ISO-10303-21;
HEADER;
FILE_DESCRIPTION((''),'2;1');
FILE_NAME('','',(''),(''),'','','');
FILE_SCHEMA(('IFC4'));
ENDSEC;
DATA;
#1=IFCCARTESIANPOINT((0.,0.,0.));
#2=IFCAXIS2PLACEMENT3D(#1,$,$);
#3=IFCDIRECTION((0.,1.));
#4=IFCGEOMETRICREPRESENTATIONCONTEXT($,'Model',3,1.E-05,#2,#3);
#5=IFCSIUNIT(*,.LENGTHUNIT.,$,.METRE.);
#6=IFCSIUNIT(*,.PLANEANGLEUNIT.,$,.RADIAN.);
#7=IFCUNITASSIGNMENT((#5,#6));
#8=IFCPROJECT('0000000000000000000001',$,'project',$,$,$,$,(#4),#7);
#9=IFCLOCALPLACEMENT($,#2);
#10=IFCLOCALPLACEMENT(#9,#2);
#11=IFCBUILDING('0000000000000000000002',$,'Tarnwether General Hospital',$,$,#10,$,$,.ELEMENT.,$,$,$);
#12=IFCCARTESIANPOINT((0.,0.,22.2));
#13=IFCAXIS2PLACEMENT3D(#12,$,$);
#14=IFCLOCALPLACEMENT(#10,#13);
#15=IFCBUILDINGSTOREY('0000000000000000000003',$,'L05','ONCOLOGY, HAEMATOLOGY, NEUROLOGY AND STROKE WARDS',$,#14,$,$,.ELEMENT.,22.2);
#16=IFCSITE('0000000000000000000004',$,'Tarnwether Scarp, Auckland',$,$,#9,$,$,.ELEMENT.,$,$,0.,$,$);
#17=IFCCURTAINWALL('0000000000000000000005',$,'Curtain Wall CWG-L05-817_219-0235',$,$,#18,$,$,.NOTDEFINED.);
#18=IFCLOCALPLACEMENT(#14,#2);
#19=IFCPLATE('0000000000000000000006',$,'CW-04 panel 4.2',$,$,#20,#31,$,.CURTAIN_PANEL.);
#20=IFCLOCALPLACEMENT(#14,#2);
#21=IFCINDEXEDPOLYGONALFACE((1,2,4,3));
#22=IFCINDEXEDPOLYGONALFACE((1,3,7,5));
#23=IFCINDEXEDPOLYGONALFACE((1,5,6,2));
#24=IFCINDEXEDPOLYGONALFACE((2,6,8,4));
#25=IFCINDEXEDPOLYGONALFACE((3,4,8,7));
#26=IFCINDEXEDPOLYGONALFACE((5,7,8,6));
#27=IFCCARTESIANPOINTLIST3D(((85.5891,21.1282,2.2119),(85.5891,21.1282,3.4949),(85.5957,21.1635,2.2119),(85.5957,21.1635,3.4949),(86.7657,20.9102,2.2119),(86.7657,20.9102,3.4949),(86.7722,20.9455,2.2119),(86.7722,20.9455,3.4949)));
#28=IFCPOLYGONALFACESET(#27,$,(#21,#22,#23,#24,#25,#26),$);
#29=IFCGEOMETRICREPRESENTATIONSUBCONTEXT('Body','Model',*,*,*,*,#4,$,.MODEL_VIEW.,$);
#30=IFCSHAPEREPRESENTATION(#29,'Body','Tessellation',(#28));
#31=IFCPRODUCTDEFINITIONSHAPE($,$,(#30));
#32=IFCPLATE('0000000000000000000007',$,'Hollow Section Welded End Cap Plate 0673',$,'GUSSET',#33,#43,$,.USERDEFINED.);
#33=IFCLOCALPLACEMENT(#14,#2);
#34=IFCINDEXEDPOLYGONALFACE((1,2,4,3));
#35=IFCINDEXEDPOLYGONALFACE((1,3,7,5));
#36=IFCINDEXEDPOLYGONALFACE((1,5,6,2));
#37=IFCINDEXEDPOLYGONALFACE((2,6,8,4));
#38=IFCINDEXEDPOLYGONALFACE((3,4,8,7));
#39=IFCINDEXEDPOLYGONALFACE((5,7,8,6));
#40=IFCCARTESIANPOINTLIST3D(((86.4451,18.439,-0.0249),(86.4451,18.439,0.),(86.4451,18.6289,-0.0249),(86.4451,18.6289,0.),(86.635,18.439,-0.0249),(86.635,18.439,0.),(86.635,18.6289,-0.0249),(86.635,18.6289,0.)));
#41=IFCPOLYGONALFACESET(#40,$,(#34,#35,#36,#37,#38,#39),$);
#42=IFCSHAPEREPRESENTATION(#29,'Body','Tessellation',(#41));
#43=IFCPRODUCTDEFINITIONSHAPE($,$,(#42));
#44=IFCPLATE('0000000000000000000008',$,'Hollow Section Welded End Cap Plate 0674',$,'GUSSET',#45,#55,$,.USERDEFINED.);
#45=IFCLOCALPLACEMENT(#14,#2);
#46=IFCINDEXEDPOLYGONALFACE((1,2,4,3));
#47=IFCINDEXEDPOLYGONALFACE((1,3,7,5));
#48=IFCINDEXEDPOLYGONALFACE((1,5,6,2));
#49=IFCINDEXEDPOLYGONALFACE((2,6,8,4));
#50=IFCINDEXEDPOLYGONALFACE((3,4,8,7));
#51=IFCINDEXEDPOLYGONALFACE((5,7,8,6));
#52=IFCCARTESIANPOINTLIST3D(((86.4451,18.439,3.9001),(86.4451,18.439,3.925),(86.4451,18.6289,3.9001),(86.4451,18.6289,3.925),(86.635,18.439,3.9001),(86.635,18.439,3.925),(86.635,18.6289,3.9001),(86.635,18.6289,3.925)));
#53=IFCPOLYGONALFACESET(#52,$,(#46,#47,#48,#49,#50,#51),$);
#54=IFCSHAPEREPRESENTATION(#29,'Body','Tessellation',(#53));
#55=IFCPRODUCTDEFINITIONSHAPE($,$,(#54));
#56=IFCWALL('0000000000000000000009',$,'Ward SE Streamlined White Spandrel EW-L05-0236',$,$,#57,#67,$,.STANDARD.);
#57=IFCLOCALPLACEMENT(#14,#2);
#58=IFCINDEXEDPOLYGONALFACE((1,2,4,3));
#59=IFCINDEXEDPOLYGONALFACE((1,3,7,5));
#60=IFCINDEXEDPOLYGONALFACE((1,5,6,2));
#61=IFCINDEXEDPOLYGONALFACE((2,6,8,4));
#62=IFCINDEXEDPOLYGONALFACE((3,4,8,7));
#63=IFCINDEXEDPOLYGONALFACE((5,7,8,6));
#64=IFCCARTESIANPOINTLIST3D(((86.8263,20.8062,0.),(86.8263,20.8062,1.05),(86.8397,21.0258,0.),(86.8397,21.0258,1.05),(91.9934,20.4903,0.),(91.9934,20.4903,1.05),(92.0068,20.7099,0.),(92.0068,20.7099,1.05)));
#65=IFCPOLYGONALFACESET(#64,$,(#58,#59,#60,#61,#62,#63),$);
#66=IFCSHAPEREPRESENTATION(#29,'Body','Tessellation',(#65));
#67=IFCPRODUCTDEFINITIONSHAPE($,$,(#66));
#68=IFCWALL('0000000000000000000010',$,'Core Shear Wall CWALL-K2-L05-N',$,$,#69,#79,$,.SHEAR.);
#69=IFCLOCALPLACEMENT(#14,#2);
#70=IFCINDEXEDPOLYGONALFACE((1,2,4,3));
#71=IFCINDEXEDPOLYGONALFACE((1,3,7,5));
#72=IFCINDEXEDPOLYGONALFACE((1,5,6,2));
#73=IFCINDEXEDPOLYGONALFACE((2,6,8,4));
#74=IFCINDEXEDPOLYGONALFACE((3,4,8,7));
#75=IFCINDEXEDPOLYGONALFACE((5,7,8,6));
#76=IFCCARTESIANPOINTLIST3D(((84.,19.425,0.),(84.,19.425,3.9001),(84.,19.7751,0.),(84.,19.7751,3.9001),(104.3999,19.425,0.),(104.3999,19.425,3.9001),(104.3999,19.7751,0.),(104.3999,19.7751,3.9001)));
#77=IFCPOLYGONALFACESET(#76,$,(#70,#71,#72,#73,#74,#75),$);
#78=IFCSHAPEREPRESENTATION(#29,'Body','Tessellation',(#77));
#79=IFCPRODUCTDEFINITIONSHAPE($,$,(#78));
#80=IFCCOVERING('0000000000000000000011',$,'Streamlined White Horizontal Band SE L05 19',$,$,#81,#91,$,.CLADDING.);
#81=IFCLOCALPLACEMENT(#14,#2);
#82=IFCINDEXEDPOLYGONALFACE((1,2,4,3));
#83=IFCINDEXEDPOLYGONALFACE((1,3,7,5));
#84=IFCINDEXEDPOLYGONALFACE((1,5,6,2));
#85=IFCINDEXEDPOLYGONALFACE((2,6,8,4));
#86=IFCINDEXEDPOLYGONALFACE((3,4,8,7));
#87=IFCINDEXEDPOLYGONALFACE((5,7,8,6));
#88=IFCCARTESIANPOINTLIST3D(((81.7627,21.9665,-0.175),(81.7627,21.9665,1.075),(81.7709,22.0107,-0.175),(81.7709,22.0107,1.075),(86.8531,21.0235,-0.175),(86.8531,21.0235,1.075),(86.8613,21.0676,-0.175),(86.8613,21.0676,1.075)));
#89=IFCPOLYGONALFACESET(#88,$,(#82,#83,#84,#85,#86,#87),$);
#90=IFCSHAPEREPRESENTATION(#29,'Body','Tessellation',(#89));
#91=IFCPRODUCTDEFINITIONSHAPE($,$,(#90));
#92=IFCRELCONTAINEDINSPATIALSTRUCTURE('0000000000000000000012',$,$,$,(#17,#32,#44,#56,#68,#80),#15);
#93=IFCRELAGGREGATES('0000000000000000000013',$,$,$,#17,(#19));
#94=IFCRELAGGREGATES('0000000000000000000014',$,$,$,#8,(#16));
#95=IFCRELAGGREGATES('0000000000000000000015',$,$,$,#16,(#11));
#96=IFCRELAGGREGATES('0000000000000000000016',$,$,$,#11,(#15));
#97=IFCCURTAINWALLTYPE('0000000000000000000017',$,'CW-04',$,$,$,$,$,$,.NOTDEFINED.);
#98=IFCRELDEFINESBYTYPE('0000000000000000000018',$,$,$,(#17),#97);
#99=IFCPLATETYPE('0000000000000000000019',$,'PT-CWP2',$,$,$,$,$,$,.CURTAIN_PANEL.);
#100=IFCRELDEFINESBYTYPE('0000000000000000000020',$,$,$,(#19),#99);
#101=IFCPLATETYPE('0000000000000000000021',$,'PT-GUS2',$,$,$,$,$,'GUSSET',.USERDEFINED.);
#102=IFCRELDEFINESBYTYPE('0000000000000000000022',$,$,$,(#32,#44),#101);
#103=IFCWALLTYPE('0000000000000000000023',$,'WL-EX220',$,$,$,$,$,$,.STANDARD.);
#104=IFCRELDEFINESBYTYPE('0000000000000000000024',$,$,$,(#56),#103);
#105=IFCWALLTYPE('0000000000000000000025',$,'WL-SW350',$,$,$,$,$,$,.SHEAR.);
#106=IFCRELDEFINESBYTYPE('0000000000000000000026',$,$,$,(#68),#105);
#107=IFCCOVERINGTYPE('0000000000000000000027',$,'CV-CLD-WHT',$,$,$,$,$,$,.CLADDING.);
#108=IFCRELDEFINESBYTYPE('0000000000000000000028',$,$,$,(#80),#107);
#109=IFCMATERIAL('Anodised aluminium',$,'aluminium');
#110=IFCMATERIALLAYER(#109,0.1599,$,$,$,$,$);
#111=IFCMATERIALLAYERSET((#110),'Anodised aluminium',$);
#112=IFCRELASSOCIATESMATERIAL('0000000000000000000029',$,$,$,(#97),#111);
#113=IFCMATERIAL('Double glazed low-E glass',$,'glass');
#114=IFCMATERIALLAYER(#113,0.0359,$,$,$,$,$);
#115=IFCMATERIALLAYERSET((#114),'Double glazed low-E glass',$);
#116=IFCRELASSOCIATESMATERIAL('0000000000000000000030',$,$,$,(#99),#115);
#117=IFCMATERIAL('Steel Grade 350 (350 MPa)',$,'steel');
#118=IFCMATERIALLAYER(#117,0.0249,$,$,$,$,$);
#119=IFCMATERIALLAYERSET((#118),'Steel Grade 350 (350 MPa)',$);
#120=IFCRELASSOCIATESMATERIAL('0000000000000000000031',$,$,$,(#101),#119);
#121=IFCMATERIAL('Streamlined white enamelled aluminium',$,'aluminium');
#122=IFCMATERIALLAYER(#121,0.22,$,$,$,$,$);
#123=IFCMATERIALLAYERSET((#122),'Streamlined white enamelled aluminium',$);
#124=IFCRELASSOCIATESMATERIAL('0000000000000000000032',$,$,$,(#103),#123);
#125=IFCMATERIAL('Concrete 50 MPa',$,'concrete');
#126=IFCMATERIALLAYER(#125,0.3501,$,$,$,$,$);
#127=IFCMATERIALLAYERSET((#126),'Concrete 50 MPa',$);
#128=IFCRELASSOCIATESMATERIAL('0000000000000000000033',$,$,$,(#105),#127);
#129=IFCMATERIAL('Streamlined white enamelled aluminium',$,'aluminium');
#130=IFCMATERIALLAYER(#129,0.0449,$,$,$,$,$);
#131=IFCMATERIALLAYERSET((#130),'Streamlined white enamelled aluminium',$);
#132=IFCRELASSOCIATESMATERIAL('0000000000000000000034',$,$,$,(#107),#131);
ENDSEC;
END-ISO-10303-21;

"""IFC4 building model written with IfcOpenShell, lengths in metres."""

from ifc_helpers import new_model, si_unit, direction, frame, frame_2d, origin, origin_2d, place, context, subcontext, project, spatial, rectangle, extrude, material, layer, layer_set, type_object, element, aggregate, save


model = new_model("IFC4")

# Units and contexts
model_context = context("Model", 3, precision=1e-05, world=origin(), true_north=direction((0.0, 1.0)))
body_context = subcontext(model_context, "Body", "Model", "MODEL_VIEW")
ifc_project = project(units=[si_unit("LENGTHUNIT", "METRE"), si_unit("PLANEANGLEUNIT", "RADIAN")], contexts=[model_context])

# Site, building, storey
site_placement = place(None, origin())
site = spatial("IfcSite", under=ifc_project, at=site_placement, Name="Tarnwether Scarp, Auckland", CompositionType="ELEMENT", RefElevation=0.0)
building_placement = place(site_placement, origin())
building = spatial("IfcBuilding", under=site, at=building_placement, Name="Tarnwether General Hospital", CompositionType="ELEMENT")
storey_placement = place(building_placement, frame((0.0, 0.0, 22.2)))
storey = spatial("IfcBuildingStorey", under=building, at=storey_placement, Name="L05", Description="ONCOLOGY, HAEMATOLOGY, NEUROLOGY AND STROKE WARDS", CompositionType="ELEMENT", Elevation=22.2)

# Shared definitions
ifc_material_1 = material(Name="Anodised aluminium", Category="aluminium")
ifc_layer_1 = layer(ifc_material_1, 0.1599)
ifc_layer_set_1 = layer_set([ifc_layer_1], Name="Anodised aluminium")
curtain_wall_type = type_object("IfcCurtainWallType", Name="CW-04", PredefinedType="NOTDEFINED", material=ifc_layer_set_1)

# Curtain wall
curtain_wall_1_placement = place(storey_placement, origin())
curtain_wall_1 = element("IfcCurtainWall", 1, at=curtain_wall_1_placement, inside=storey, type_object=curtain_wall_type, Name="Curtain Wall CWG-L05-817_219-0235", PredefinedType="NOTDEFINED")

# Plate
ifc_material_2 = material(Name="Double glazed low-E glass", Category="glass")
ifc_layer_2 = layer(ifc_material_2, 0.0359)
ifc_layer_set_2 = layer_set([ifc_layer_2], Name="Double glazed low-E glass")
plate_type_1 = type_object("IfcPlateType", Name="PT-CWP2", PredefinedType="CURTAIN_PANEL", material=ifc_layer_set_2)
plate_1_placement = place(storey_placement, frame((86.1807, 21.0369, 2.2119), z_axis=(0.0, 0.0, 1.0), x_axis=(0.983268, -0.182165, 0.0)))
plate_1 = element("IfcPlate", 2, at=plate_1_placement, type_object=plate_type_1, Name="CW-04 panel 4.2", PredefinedType="CURTAIN_PANEL", context=body_context, shape_type="SweptSolid", body=[
    extrude(rectangle(XDim=1.1965, YDim=0.0359, at=origin_2d()), origin(), (0.0, 0.0, 1.0), 1.283),
])
aggregate(curtain_wall_1, [plate_1])

# Plates
ifc_material_3 = material(Name="Steel Grade 350 (350 MPa)", Category="steel")
ifc_layer_3 = layer(ifc_material_3, 0.0249)
ifc_layer_set_3 = layer_set([ifc_layer_3], Name="Steel Grade 350 (350 MPa)")
plate_type_2 = type_object("IfcPlateType", Name="PT-GUS2", ElementType="GUSSET", PredefinedType="USERDEFINED", material=ifc_layer_set_3)
for number, where, z_axis, x_axis, name in (
    (3, (86.54, 18.5339, -0.0249), (0.0, 0.0, 1.0), (1.0, 0.0, 0.0), "Hollow Section Welded End Cap Plate 0673"),
    (4, (86.54, 18.5339, 3.9001), (0.0, 0.0, 1.0), (1.0, 0.0, 0.0), "Hollow Section Welded End Cap Plate 0674"),
):
    element("IfcPlate", number, at=place(storey_placement, frame(where, z_axis=z_axis, x_axis=x_axis)), inside=storey, type_object=plate_type_2, Name=name, ObjectType="GUSSET", PredefinedType="USERDEFINED", context=body_context, shape_type="SweptSolid", body=[
        extrude(rectangle(XDim=0.1899, YDim=0.1899, at=origin_2d()), origin(), (0.0, 0.0, 1.0), 0.0249),
    ])

# Walls
ifc_material_4 = material(Name="Streamlined white enamelled aluminium", Category="aluminium")
ifc_layer_4 = layer(ifc_material_4, 0.22)
ifc_layer_set_4 = layer_set([ifc_layer_4], Name="Streamlined white enamelled aluminium")
wall_type_1 = type_object("IfcWallType", Name="WL-EX220", PredefinedType="STANDARD", material=ifc_layer_set_4)
wall_1_placement = place(storey_placement, frame((86.833, 20.916, 0.0), z_axis=(0.0, 0.0, 1.0), x_axis=(0.998136, -0.061028, 0.0)))
element("IfcWall", 5, at=wall_1_placement, inside=storey, type_object=wall_type_1, Name="Ward SE Streamlined White Spandrel EW-L05-0236", PredefinedType="STANDARD", context=body_context, shape_type="SweptSolid", body=[
    extrude(rectangle(XDim=5.1768, YDim=0.22, at=frame_2d((2.5884, 0.0))), origin(), (0.0, 0.0, 1.0), 1.05),
])
ifc_material_5 = material(Name="Concrete 50 MPa", Category="concrete")
ifc_layer_5 = layer(ifc_material_5, 0.3501)
ifc_layer_set_5 = layer_set([ifc_layer_5], Name="Concrete 50 MPa")
wall_type_2 = type_object("IfcWallType", Name="WL-SW350", PredefinedType="SHEAR", material=ifc_layer_set_5)
wall_2_placement = place(storey_placement, frame((84.0, 19.6001, 0.0), z_axis=(0.0, 0.0, 1.0), x_axis=(1.0, 0.0, 0.0)))
element("IfcWall", 6, at=wall_2_placement, inside=storey, type_object=wall_type_2, Name="Core Shear Wall CWALL-K2-L05-N", PredefinedType="SHEAR", context=body_context, shape_type="SweptSolid", body=[
    extrude(rectangle(XDim=20.3999, YDim=0.3501, at=frame_2d((10.2, 0.0))), origin(), (0.0, 0.0, 1.0), 3.9001),
])

# Covering
ifc_material_6 = material(Name="Streamlined white enamelled aluminium", Category="aluminium")
ifc_layer_6 = layer(ifc_material_6, 0.0449)
ifc_layer_set_6 = layer_set([ifc_layer_6], Name="Streamlined white enamelled aluminium")
covering_type = type_object("IfcCoveringType", Name="CV-CLD-WHT", PredefinedType="CLADDING", material=ifc_layer_set_6)
covering_placement = place(storey_placement, frame((84.312, 21.5171, -0.175), z_axis=(0.0, 0.0, 1.0), x_axis=(0.983268, -0.182167, 0.0)))
element("IfcCovering", 7, at=covering_placement, inside=storey, type_object=covering_type, Name="Streamlined White Horizontal Band SE L05 19", PredefinedType="CLADDING", context=body_context, shape_type="SweptSolid", body=[
    extrude(rectangle(XDim=5.177, YDim=0.0449, at=origin_2d()), origin(), (0.0, 0.0, 1.0), 1.25),
])

save(model, "model.ifc")
